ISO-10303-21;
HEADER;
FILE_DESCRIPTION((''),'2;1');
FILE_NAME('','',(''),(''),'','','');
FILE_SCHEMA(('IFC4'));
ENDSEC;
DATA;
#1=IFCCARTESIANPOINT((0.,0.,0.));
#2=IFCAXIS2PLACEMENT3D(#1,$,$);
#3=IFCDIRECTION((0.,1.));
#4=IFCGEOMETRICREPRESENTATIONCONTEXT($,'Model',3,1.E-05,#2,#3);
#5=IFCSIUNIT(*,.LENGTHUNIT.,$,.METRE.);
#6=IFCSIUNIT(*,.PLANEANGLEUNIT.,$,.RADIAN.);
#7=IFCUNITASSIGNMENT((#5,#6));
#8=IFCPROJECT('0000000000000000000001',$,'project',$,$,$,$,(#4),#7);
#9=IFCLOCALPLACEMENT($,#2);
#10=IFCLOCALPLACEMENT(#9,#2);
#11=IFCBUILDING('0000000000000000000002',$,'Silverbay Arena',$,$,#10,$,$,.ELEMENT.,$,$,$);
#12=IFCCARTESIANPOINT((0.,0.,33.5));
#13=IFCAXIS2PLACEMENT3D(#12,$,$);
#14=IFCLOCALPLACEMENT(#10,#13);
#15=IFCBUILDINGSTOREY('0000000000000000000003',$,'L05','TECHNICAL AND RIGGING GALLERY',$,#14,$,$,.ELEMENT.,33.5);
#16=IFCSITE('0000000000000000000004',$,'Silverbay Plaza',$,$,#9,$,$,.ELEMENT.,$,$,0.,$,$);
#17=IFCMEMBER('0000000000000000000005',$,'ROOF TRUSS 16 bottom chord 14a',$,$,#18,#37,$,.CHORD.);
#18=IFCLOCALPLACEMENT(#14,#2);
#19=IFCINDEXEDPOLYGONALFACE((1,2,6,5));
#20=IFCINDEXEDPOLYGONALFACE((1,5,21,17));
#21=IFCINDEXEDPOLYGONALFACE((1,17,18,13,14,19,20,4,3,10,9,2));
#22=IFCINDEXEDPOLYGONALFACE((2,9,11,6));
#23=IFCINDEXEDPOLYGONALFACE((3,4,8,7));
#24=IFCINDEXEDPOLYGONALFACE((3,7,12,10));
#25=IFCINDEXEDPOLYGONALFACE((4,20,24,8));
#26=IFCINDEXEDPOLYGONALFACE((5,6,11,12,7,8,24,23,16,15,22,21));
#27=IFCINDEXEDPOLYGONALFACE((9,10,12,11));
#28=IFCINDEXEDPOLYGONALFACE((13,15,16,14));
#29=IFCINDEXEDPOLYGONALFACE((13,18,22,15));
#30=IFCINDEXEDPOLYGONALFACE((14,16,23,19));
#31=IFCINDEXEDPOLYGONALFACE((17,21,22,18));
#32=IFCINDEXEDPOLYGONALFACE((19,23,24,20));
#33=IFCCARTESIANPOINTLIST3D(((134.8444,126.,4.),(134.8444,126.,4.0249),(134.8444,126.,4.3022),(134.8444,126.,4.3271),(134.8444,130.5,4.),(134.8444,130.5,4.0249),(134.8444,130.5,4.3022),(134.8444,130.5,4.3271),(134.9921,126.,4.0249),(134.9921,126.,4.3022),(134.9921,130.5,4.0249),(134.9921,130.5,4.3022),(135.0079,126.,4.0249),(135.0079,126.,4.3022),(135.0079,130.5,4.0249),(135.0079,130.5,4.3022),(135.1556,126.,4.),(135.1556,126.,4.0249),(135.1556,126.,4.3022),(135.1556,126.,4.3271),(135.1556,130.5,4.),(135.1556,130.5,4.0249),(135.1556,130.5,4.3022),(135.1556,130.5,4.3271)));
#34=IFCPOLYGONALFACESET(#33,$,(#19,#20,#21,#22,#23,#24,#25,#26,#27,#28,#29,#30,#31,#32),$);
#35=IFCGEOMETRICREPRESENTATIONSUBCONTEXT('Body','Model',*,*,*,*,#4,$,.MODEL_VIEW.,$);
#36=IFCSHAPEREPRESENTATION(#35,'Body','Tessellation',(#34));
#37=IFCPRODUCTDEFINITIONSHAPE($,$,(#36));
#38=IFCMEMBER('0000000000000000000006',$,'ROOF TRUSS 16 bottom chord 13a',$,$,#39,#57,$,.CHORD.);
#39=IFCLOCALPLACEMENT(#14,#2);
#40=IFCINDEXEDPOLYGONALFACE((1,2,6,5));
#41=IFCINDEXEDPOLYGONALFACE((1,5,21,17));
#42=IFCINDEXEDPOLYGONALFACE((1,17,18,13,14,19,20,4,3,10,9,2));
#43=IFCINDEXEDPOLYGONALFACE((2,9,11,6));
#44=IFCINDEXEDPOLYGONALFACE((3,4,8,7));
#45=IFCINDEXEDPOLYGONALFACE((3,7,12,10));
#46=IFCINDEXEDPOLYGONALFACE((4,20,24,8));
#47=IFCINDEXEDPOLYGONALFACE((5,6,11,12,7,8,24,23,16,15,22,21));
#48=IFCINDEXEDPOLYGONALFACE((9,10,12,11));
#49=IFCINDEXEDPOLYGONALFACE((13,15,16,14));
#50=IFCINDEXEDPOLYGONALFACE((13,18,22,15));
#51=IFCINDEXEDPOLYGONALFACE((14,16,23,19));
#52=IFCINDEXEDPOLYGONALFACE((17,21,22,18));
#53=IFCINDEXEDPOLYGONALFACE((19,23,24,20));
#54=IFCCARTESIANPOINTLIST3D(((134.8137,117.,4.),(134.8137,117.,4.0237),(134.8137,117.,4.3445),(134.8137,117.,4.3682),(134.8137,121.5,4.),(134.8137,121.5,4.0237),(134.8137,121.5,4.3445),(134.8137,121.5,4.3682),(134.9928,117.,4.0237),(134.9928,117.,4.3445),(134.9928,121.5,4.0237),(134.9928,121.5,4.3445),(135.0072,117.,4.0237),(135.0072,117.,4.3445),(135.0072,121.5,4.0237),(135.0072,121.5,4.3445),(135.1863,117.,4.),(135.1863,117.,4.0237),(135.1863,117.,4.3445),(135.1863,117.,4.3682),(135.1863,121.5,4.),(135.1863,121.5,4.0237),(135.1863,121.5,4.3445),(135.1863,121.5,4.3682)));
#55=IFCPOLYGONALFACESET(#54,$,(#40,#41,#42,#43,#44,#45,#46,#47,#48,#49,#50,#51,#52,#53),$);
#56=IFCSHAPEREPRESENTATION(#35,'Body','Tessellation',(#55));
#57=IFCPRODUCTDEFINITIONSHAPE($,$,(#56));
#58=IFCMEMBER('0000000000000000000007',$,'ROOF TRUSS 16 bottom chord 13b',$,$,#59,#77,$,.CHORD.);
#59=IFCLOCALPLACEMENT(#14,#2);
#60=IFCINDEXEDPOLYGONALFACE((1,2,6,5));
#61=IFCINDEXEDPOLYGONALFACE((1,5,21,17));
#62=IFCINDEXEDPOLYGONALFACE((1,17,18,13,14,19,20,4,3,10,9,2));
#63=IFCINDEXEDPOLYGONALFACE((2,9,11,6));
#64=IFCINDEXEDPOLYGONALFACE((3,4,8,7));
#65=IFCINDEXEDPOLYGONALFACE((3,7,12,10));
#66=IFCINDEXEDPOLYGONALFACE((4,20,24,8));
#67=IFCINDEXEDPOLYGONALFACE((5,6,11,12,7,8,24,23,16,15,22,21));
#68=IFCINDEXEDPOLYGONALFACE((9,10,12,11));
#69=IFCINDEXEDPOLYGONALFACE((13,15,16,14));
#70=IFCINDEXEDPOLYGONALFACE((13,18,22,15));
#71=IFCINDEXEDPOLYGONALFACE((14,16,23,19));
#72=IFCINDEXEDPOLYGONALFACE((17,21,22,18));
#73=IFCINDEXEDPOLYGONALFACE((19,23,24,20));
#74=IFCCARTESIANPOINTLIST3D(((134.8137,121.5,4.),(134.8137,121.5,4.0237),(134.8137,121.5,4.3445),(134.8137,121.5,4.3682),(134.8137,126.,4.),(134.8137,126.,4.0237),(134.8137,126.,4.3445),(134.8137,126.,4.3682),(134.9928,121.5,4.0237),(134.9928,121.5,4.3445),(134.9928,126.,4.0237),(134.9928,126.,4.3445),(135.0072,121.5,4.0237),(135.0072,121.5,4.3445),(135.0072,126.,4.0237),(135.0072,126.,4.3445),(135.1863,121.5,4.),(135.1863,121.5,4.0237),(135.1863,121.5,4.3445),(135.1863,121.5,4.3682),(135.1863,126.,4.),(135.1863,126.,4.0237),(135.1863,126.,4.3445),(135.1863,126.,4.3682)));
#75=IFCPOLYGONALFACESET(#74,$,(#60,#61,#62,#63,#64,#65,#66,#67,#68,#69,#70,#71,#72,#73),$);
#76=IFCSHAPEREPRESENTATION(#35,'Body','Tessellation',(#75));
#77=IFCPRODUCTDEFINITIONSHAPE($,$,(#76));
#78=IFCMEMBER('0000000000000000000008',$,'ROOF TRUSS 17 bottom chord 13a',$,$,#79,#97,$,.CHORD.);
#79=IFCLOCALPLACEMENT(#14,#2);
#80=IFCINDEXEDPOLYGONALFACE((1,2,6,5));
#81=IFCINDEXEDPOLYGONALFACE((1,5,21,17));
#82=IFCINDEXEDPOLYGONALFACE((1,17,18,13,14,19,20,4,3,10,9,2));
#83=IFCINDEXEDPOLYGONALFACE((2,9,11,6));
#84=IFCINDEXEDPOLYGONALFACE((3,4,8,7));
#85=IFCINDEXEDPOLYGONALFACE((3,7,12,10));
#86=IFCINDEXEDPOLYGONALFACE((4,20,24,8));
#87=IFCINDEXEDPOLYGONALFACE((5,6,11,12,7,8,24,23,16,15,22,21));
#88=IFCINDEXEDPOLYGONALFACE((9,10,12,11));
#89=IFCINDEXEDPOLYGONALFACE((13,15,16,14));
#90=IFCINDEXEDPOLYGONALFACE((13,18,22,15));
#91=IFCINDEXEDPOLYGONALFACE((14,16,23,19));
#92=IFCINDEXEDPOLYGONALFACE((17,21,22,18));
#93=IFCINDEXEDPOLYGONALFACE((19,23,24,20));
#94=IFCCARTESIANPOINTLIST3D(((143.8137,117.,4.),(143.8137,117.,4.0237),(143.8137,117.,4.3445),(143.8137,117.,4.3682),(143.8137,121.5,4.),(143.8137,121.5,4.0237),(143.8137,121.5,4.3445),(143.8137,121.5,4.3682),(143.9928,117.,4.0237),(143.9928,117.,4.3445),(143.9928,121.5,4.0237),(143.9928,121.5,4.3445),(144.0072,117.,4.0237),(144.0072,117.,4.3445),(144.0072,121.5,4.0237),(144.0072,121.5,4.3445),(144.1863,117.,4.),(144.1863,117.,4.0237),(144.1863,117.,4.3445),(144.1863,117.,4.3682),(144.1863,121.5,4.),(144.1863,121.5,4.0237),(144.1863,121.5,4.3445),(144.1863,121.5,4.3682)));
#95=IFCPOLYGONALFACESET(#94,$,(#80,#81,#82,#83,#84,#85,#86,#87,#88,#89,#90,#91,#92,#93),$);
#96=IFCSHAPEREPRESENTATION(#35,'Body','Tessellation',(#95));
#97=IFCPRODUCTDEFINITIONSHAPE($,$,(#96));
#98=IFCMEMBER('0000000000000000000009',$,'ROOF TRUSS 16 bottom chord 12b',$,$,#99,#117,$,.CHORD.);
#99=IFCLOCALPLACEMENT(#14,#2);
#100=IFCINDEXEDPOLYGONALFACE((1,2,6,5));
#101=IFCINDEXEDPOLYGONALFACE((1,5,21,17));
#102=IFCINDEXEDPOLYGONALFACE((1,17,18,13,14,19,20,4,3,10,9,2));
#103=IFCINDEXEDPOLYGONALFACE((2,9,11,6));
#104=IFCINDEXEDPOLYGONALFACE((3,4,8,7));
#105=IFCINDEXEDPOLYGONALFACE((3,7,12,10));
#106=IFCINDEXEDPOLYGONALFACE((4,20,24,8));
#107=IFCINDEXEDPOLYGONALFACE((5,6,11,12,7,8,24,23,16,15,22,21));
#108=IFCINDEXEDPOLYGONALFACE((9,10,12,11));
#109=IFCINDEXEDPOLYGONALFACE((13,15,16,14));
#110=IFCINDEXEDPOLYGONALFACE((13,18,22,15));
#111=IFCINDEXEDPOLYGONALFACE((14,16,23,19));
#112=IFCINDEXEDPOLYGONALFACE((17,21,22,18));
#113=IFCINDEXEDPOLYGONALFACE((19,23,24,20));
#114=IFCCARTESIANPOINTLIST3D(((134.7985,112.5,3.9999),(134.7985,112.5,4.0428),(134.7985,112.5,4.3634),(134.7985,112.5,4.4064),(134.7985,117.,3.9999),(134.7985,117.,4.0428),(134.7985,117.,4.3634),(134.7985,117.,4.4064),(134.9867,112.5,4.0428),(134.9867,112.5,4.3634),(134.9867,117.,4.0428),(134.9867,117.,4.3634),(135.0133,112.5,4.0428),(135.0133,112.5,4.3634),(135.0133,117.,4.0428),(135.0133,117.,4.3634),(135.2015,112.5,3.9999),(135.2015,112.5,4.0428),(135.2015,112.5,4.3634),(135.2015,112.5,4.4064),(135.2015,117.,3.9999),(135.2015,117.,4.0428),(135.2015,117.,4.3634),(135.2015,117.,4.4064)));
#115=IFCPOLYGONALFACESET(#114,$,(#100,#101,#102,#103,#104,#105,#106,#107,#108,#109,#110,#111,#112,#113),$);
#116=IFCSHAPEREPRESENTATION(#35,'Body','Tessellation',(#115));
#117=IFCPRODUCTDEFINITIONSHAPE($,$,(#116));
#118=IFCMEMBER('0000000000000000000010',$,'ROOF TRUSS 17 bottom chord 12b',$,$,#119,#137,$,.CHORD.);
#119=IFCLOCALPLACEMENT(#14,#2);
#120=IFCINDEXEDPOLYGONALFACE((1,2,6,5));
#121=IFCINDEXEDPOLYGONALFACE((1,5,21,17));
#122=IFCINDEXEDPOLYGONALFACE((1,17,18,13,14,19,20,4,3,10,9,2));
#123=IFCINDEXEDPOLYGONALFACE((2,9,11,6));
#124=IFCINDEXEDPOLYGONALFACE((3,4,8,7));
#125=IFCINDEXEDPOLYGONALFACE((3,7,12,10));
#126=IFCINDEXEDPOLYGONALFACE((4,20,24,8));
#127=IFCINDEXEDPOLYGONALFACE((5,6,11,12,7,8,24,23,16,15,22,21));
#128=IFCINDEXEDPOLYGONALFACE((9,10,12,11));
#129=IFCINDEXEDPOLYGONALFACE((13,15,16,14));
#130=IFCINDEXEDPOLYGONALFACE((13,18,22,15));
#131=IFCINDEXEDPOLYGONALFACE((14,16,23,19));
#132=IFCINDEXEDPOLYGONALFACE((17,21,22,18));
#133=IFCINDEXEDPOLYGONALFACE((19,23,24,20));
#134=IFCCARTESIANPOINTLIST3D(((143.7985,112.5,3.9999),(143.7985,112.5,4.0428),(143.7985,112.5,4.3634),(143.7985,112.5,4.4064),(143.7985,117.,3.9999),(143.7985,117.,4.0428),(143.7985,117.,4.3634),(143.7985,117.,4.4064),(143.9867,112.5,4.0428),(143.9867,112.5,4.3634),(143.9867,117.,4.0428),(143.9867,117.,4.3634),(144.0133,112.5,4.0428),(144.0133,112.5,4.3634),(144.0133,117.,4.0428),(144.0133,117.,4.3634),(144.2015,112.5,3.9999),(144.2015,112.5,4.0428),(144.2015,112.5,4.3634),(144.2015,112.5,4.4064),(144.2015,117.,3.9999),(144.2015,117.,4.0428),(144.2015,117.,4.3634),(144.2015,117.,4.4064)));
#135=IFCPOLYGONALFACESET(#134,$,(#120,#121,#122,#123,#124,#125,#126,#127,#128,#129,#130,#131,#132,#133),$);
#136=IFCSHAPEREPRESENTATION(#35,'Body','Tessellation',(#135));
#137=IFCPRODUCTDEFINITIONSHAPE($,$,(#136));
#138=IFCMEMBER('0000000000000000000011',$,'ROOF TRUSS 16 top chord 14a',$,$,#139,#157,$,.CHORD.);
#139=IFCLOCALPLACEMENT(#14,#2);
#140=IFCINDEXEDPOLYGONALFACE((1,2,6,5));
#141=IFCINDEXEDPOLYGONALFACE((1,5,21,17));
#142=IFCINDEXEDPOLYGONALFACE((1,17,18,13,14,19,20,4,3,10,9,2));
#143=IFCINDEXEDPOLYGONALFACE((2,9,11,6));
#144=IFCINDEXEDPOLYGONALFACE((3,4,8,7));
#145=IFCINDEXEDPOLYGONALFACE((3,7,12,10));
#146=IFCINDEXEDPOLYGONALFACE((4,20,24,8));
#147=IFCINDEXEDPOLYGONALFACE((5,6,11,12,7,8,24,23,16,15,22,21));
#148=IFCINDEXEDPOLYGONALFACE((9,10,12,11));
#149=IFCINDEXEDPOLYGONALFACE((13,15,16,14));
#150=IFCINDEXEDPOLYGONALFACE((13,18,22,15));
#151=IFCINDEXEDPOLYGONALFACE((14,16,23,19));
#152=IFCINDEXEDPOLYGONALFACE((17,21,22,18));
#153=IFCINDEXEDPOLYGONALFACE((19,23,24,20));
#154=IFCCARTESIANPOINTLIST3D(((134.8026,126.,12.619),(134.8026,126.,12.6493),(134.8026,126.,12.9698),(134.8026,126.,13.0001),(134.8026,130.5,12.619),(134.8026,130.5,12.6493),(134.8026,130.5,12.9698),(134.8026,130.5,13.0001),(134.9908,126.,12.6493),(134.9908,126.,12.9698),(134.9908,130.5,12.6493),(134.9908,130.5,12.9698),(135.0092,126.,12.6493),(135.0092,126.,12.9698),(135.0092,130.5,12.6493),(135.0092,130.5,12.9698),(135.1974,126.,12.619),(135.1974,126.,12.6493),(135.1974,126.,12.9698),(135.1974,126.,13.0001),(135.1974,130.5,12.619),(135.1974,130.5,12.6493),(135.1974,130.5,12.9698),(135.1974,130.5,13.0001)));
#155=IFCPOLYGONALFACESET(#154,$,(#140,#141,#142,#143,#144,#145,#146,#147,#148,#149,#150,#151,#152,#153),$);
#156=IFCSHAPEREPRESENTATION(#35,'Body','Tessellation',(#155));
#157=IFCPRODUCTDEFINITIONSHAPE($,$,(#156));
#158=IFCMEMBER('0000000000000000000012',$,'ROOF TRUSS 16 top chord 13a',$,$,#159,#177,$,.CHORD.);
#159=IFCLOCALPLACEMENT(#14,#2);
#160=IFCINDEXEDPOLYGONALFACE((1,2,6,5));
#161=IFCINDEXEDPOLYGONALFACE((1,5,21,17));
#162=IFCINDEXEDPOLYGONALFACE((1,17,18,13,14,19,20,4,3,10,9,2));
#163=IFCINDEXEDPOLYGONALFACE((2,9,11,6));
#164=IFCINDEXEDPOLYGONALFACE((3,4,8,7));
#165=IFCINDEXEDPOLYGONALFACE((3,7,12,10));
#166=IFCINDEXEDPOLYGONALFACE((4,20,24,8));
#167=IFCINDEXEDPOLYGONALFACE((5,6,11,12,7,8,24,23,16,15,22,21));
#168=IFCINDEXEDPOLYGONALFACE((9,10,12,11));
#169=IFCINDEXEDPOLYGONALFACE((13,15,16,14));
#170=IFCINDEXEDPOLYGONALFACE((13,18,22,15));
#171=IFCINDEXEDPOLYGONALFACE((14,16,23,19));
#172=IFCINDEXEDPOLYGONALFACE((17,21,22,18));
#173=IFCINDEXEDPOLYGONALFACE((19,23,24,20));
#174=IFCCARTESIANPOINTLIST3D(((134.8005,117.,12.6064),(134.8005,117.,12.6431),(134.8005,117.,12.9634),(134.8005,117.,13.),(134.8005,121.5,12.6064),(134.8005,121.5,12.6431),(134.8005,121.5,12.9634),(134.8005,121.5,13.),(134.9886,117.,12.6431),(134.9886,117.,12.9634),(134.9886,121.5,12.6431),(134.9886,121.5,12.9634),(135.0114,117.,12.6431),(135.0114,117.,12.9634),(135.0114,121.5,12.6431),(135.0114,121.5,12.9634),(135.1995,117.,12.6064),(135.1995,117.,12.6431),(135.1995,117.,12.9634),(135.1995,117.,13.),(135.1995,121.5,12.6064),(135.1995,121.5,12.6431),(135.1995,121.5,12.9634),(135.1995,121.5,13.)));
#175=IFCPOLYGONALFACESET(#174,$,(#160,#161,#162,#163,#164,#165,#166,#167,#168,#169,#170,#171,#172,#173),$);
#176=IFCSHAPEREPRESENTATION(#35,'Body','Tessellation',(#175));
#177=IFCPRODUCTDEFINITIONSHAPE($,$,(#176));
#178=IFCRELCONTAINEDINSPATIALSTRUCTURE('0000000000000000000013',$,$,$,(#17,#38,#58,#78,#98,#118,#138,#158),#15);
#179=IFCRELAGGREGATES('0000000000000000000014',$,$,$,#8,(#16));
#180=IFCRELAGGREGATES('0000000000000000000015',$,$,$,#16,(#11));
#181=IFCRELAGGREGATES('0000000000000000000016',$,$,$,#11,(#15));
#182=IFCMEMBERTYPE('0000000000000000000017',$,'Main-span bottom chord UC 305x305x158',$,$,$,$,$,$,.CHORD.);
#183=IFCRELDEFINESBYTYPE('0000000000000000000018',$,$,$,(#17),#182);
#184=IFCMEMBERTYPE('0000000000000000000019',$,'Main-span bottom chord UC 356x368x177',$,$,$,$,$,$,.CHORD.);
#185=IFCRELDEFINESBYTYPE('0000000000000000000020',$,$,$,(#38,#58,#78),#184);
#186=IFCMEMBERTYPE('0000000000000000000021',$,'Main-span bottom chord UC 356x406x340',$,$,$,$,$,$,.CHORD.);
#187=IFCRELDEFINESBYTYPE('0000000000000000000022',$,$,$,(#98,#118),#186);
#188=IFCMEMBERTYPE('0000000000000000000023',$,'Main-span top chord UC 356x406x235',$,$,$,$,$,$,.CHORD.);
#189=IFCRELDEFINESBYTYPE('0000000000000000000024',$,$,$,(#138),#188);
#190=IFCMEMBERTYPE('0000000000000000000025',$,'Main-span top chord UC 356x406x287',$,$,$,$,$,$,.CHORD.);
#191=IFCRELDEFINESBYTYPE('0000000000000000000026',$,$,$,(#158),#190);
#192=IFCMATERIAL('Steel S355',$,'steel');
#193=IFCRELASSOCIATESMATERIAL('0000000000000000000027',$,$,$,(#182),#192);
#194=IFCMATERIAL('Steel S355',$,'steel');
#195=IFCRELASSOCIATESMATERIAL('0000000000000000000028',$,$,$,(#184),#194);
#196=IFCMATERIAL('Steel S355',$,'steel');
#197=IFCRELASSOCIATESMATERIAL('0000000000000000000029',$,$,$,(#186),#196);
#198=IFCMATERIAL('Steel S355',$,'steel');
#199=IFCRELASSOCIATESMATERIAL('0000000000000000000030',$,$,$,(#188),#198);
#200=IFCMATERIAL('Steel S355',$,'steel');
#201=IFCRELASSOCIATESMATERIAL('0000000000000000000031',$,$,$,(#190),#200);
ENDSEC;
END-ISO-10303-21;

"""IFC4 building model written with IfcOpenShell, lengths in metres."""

from ifc_helpers import new_model, si_unit, direction, frame, origin, origin_2d, place, context, subcontext, project, spatial, i_section, extrude, material, material_profile, profile_set, type_object, element, save


model = new_model("IFC4")

# Units and contexts
model_context = context("Model", 3, precision=1e-05, world=origin(), true_north=direction((0.0, 1.0)))
body_context = subcontext(model_context, "Body", "Model", "MODEL_VIEW")
ifc_project = project(units=[si_unit("LENGTHUNIT", "METRE"), si_unit("PLANEANGLEUNIT", "RADIAN")], contexts=[model_context])

# Site, building, storey
site_placement = place(None, origin())
site = spatial("IfcSite", under=ifc_project, at=site_placement, Name="Silverbay Plaza", CompositionType="ELEMENT", RefElevation=0.0)
building_placement = place(site_placement, origin())
building = spatial("IfcBuilding", under=site, at=building_placement, Name="Silverbay Arena", CompositionType="ELEMENT")
storey_placement = place(building_placement, frame((0.0, 0.0, 33.5)))
storey = spatial("IfcBuildingStorey", under=building, at=storey_placement, Name="L05", Description="TECHNICAL AND RIGGING GALLERY", CompositionType="ELEMENT", Elevation=33.5)

# Members
ifc_material_1 = material(Name="Steel S355", Category="steel")
ifc_material_profile_1 = material_profile(ifc_material_1, i_section(OverallWidth=0.3113, OverallDepth=0.3271, WebThickness=0.0159, FlangeThickness=0.0249, at=origin_2d()), Name="UC 305x305x158")
ifc_profile_set_1 = profile_set([ifc_material_profile_1], Name="Steel S355")
member_type_1 = type_object("IfcMemberType", Name="Main-span bottom chord UC 305x305x158", PredefinedType="CHORD", material=ifc_profile_set_1)
member_1_placement = place(storey_placement, frame((135.0, 126.0, 4.1636), z_axis=(0.0, 1.0, 0.0), x_axis=(-1.0, 0.0, 0.0)))
element("IfcMember", 1, at=member_1_placement, inside=storey, type_object=member_type_1, Name="ROOF TRUSS 16 bottom chord 14a", PredefinedType="CHORD", context=body_context, shape_type="SweptSolid", body=[
    extrude(i_section(OverallWidth=0.3113, OverallDepth=0.3271, WebThickness=0.0159, FlangeThickness=0.0249, at=origin_2d()), origin(), (0.0, 0.0, 1.0), 4.5),
])
ifc_material_2 = material(Name="Steel S355", Category="steel")
ifc_material_profile_2 = material_profile(ifc_material_2, i_section(OverallWidth=0.3726, OverallDepth=0.3682, WebThickness=0.0144, FlangeThickness=0.0237, at=origin_2d()), Name="UC 356x368x177")
ifc_profile_set_2 = profile_set([ifc_material_profile_2], Name="Steel S355")
member_type_2 = type_object("IfcMemberType", Name="Main-span bottom chord UC 356x368x177", PredefinedType="CHORD", material=ifc_profile_set_2)
for number, where, z_axis, x_axis, name in (
    (2, (135.0, 117.0, 4.1841), (0.0, 1.0, 0.0), (-1.0, 0.0, 0.0), "ROOF TRUSS 16 bottom chord 13a"),
    (3, (135.0, 121.5, 4.1841), (0.0, 1.0, 0.0), (-1.0, 0.0, 0.0), "ROOF TRUSS 16 bottom chord 13b"),
    (4, (144.0, 117.0, 4.1841), (0.0, 1.0, 0.0), (-1.0, 0.0, 0.0), "ROOF TRUSS 17 bottom chord 13a"),
):
    element("IfcMember", number, at=place(storey_placement, frame(where, z_axis=z_axis, x_axis=x_axis)), inside=storey, type_object=member_type_2, Name=name, PredefinedType="CHORD", context=body_context, shape_type="SweptSolid", body=[
        extrude(i_section(OverallWidth=0.3726, OverallDepth=0.3682, WebThickness=0.0144, FlangeThickness=0.0237, at=origin_2d()), origin(), (0.0, 0.0, 1.0), 4.5),
    ])
ifc_material_3 = material(Name="Steel S355", Category="steel")
ifc_material_profile_3 = material_profile(ifc_material_3, i_section(OverallWidth=0.4031, OverallDepth=0.4065, WebThickness=0.0266, FlangeThickness=0.043, at=origin_2d()), Name="UC 356x406x340")
ifc_profile_set_3 = profile_set([ifc_material_profile_3], Name="Steel S355")
member_type_3 = type_object("IfcMemberType", Name="Main-span bottom chord UC 356x406x340", PredefinedType="CHORD", material=ifc_profile_set_3)
for number, where, z_axis, x_axis, name in (
    (5, (135.0, 112.5, 4.2031), (0.0, 1.0, 0.0), (-1.0, 0.0, 0.0), "ROOF TRUSS 16 bottom chord 12b"),
    (6, (144.0, 112.5, 4.2031), (0.0, 1.0, 0.0), (-1.0, 0.0, 0.0), "ROOF TRUSS 17 bottom chord 12b"),
):
    element("IfcMember", number, at=place(storey_placement, frame(where, z_axis=z_axis, x_axis=x_axis)), inside=storey, type_object=member_type_3, Name=name, PredefinedType="CHORD", context=body_context, shape_type="SweptSolid", body=[
        extrude(i_section(OverallWidth=0.4031, OverallDepth=0.4065, WebThickness=0.0266, FlangeThickness=0.043, at=origin_2d()), origin(), (0.0, 0.0, 1.0), 4.5),
    ])
ifc_material_4 = material(Name="Steel S355", Category="steel")
ifc_material_profile_4 = material_profile(ifc_material_4, i_section(OverallWidth=0.3948, OverallDepth=0.3811, WebThickness=0.0183, FlangeThickness=0.0303, at=origin_2d()), Name="UC 356x406x235")
ifc_profile_set_4 = profile_set([ifc_material_profile_4], Name="Steel S355")
member_type_4 = type_object("IfcMemberType", Name="Main-span top chord UC 356x406x235", PredefinedType="CHORD", material=ifc_profile_set_4)
member_2_placement = place(storey_placement, frame((135.0, 126.0, 12.8096), z_axis=(0.0, 1.0, 0.0), x_axis=(-1.0, 0.0, 0.0)))
element("IfcMember", 7, at=member_2_placement, inside=storey, type_object=member_type_4, Name="ROOF TRUSS 16 top chord 14a", PredefinedType="CHORD", context=body_context, shape_type="SweptSolid", body=[
    extrude(i_section(OverallWidth=0.3948, OverallDepth=0.3811, WebThickness=0.0183, FlangeThickness=0.0303, at=origin_2d()), origin(), (0.0, 0.0, 1.0), 4.5),
])
ifc_material_5 = material(Name="Steel S355", Category="steel")
ifc_material_profile_5 = material_profile(ifc_material_5, i_section(OverallWidth=0.3989, OverallDepth=0.3936, WebThickness=0.0227, FlangeThickness=0.0366, at=origin_2d()), Name="UC 356x406x287")
ifc_profile_set_5 = profile_set([ifc_material_profile_5], Name="Steel S355")
member_type_5 = type_object("IfcMemberType", Name="Main-span top chord UC 356x406x287", PredefinedType="CHORD", material=ifc_profile_set_5)
for number, where, z_axis, x_axis, name in (
    (8, (135.0, 117.0, 12.8032), (0.0, 1.0, 0.0), (-1.0, 0.0, 0.0), "ROOF TRUSS 16 top chord 13a"),
):
    element("IfcMember", number, at=place(storey_placement, frame(where, z_axis=z_axis, x_axis=x_axis)), inside=storey, type_object=member_type_5, Name=name, PredefinedType="CHORD", context=body_context, shape_type="SweptSolid", body=[
        extrude(i_section(OverallWidth=0.3989, OverallDepth=0.3936, WebThickness=0.0227, FlangeThickness=0.0366, at=origin_2d()), origin(), (0.0, 0.0, 1.0), 4.5),
    ])

save(model, "model.ifc")
